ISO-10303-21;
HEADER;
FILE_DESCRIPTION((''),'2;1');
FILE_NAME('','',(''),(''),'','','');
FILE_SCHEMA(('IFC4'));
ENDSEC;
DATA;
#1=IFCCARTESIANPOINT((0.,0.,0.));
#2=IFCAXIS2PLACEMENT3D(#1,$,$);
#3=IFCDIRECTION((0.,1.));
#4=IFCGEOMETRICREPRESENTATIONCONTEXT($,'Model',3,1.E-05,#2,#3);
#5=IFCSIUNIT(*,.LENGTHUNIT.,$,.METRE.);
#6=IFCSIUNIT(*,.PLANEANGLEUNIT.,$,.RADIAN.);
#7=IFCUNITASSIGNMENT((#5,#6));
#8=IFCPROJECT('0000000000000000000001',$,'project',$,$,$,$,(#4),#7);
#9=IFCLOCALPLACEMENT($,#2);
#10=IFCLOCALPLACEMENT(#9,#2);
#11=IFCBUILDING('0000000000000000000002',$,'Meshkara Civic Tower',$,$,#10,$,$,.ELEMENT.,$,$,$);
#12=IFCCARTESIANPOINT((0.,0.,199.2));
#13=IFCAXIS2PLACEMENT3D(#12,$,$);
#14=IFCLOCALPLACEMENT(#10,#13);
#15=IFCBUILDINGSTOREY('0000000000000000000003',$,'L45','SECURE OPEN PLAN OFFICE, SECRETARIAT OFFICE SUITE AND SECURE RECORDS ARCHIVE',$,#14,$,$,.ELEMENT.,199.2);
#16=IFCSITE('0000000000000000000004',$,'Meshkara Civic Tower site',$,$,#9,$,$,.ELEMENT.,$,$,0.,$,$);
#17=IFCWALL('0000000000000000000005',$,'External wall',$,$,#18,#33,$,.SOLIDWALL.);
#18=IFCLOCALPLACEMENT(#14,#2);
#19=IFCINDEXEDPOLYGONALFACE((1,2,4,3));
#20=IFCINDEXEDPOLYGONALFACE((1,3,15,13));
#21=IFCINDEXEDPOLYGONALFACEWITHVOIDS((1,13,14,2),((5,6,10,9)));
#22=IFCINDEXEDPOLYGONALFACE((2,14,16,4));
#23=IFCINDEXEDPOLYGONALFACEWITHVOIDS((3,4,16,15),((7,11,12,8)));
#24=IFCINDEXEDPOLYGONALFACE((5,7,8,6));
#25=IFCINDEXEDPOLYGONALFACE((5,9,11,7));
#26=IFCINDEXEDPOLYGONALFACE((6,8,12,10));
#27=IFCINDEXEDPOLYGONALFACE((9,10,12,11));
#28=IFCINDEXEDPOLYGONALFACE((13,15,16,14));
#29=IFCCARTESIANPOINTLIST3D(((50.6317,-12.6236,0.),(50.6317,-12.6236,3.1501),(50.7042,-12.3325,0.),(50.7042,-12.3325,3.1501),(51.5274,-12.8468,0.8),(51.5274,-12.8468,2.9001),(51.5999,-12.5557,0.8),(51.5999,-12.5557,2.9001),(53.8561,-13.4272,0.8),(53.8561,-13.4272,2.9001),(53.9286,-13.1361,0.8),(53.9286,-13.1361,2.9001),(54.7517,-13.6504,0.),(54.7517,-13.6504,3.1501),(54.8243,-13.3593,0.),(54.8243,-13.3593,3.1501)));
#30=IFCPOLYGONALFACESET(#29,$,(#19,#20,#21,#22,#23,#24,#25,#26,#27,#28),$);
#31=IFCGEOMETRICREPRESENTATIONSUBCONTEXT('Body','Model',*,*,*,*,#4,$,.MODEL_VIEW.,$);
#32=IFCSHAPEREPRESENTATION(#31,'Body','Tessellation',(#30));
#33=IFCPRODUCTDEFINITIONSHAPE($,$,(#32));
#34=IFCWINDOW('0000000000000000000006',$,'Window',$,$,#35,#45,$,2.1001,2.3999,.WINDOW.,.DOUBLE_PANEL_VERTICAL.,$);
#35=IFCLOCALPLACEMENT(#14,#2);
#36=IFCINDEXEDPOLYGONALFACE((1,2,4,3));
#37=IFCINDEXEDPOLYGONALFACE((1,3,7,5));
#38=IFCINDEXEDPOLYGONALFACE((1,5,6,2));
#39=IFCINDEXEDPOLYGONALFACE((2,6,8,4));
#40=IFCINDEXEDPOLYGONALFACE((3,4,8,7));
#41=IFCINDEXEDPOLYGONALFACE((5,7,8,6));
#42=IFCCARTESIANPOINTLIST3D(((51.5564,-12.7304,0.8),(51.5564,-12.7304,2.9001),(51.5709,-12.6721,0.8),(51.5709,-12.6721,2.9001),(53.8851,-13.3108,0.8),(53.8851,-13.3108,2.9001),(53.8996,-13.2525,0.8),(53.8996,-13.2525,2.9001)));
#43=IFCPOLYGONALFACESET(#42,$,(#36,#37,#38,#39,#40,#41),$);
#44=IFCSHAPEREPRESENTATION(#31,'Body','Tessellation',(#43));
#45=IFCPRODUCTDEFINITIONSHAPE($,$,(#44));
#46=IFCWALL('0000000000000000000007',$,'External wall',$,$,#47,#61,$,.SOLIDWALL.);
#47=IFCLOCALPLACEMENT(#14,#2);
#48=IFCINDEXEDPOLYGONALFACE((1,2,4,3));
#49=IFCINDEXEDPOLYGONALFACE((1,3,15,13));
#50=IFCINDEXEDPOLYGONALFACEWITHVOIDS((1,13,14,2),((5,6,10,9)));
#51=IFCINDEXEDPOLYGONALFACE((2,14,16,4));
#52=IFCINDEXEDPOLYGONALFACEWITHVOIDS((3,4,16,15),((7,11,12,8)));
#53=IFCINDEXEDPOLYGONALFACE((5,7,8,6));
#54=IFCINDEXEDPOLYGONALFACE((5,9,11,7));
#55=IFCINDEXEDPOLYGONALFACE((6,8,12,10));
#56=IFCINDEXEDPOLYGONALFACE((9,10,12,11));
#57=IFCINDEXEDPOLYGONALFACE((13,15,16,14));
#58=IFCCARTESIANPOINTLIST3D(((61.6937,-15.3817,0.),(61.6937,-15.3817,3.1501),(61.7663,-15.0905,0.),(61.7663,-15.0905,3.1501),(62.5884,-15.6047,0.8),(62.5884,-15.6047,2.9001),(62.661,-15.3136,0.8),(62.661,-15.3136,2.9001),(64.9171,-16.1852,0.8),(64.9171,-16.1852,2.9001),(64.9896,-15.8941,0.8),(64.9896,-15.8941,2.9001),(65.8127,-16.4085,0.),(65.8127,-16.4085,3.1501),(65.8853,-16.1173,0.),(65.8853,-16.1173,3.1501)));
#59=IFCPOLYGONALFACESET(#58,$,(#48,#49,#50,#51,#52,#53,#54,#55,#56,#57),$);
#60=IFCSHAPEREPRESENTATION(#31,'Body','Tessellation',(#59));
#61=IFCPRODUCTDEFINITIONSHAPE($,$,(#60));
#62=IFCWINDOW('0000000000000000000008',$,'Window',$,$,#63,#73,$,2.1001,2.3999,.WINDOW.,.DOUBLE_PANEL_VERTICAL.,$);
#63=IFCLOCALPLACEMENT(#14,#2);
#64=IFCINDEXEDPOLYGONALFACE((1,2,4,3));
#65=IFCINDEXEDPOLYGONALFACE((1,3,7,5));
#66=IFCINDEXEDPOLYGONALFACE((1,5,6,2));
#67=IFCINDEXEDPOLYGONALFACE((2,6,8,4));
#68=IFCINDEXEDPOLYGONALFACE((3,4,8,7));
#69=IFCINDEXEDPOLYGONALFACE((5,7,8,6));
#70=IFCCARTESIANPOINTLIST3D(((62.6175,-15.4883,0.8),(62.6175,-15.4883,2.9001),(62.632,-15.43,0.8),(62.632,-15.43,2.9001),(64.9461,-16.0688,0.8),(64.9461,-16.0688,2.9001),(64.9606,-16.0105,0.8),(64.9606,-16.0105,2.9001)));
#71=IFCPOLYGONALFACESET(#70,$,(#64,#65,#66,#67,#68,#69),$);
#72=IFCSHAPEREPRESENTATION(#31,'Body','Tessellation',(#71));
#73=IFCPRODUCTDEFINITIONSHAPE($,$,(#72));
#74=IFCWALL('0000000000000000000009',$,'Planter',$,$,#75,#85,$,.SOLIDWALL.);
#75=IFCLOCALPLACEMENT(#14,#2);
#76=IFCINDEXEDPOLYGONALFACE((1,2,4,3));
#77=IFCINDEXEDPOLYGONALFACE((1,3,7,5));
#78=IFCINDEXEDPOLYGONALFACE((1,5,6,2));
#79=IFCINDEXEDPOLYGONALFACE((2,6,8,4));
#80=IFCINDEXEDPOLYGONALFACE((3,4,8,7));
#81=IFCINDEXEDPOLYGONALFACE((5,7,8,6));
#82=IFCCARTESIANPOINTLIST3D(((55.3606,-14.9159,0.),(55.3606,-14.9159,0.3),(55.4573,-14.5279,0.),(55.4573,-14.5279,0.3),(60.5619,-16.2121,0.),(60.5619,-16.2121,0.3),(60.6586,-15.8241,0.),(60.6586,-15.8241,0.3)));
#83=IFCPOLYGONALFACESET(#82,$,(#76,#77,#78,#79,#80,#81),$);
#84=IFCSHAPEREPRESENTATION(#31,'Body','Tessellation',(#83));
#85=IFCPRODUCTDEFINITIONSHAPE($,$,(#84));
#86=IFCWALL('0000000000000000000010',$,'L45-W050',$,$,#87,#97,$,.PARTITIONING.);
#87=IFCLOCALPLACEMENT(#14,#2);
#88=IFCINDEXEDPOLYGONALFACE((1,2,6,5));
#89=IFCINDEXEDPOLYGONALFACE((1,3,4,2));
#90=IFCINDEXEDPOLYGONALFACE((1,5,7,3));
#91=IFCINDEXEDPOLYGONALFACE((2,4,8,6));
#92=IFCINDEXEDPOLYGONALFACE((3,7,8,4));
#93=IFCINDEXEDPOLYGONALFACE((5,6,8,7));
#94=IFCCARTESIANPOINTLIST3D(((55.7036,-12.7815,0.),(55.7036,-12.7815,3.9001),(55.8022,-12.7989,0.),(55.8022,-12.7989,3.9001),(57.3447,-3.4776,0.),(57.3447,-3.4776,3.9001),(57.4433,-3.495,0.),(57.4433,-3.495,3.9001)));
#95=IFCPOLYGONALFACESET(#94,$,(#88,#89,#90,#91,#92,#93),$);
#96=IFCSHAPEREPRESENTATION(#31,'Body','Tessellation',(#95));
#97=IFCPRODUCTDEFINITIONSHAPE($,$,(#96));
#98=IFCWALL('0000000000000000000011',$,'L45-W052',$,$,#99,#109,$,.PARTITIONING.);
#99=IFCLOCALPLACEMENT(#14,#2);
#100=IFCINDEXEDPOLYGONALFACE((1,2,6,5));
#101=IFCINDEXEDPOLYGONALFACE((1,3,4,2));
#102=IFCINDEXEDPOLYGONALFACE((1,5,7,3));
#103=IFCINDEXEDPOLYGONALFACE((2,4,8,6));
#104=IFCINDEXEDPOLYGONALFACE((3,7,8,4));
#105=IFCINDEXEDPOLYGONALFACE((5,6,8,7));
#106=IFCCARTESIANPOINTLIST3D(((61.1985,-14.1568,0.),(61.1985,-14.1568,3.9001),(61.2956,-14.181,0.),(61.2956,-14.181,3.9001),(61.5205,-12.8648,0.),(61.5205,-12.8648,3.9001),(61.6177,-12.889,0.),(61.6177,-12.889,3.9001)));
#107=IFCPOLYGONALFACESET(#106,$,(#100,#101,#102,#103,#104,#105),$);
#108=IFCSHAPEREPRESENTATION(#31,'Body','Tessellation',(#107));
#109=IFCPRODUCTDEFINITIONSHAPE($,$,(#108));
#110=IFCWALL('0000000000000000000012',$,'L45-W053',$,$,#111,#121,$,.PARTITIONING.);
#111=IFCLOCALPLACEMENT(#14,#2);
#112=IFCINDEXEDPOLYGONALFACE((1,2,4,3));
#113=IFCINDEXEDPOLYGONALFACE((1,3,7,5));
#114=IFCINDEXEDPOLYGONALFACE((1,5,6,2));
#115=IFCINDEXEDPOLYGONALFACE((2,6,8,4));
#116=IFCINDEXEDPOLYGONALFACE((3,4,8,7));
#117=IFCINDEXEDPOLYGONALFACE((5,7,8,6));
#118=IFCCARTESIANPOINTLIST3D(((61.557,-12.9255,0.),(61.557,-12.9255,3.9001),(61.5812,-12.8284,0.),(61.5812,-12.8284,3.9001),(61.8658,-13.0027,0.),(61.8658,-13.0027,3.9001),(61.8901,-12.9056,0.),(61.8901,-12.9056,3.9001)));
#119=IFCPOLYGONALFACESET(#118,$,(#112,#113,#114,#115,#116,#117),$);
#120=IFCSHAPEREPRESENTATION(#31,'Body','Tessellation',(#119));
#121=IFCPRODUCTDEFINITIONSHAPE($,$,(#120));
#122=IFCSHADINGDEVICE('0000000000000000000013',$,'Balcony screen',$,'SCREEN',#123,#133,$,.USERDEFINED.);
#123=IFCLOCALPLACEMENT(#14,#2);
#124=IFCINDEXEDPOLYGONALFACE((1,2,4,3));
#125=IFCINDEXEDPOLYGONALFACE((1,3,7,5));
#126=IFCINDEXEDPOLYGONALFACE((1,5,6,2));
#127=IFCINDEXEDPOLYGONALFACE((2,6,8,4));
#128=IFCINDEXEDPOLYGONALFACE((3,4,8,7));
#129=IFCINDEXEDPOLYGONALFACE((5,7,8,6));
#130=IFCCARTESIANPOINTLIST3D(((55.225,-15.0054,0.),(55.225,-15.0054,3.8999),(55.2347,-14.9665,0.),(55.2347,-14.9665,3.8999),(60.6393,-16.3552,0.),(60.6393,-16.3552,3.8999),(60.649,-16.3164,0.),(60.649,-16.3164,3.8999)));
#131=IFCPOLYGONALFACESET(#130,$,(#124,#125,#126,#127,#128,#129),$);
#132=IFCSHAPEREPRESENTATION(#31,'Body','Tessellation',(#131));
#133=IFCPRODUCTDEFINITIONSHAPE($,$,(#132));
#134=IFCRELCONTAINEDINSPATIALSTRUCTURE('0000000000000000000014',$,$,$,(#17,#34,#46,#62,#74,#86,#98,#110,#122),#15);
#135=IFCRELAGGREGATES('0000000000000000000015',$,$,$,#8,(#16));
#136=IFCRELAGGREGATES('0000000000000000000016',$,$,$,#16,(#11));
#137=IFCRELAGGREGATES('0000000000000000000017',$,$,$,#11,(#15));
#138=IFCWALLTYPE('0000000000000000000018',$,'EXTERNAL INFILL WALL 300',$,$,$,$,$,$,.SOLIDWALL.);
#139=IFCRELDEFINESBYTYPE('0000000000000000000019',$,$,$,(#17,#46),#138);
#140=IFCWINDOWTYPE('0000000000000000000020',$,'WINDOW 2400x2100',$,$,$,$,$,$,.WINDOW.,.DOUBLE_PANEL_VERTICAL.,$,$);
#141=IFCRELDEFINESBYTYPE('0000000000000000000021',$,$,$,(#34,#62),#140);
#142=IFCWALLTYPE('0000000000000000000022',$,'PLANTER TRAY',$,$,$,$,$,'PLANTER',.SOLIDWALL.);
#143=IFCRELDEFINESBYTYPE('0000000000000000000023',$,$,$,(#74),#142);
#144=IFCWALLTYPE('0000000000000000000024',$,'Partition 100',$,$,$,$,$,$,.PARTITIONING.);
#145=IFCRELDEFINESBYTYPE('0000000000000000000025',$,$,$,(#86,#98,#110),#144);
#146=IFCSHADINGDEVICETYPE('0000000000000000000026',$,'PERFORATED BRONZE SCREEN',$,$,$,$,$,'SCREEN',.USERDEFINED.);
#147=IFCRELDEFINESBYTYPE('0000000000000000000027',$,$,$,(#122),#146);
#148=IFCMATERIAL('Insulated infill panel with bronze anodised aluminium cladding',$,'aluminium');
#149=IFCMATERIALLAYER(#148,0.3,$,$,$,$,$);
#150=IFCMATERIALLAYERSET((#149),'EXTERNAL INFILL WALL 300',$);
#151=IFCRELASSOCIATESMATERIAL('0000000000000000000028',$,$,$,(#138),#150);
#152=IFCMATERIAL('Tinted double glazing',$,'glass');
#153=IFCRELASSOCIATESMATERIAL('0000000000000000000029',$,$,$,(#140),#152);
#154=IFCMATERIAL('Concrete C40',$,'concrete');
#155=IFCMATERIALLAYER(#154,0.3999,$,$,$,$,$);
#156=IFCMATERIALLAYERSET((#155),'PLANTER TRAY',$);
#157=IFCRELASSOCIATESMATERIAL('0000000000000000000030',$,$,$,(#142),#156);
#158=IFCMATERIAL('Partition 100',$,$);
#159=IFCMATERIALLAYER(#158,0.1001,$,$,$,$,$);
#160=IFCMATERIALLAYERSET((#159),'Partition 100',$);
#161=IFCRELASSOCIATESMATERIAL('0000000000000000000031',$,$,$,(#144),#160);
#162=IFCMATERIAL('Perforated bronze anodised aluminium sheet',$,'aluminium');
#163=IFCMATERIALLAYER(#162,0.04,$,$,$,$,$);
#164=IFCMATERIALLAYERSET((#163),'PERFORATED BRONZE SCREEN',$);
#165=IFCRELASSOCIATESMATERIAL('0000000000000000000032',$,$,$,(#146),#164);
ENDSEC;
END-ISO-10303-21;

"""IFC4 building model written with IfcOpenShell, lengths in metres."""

from ifc_helpers import new_model, si_unit, direction, frame, frame_2d, origin, origin_2d, place, context, subcontext, project, spatial, rectangle, extrude, material, layer, layer_set, type_object, element, fill, save


model = new_model("IFC4")

# Units and contexts
model_context = context("Model", 3, precision=1e-05, world=origin(), true_north=direction((0.0, 1.0)))
body_context = subcontext(model_context, "Body", "Model", "MODEL_VIEW")
ifc_project = project(units=[si_unit("LENGTHUNIT", "METRE"), si_unit("PLANEANGLEUNIT", "RADIAN")], contexts=[model_context])

# Site, building, storey
site_placement = place(None, origin())
site = spatial("IfcSite", under=ifc_project, at=site_placement, Name="Meshkara Civic Tower site", CompositionType="ELEMENT", RefElevation=0.0)
building_placement = place(site_placement, origin())
building = spatial("IfcBuilding", under=site, at=building_placement, Name="Meshkara Civic Tower", CompositionType="ELEMENT")
storey_placement = place(building_placement, frame((0.0, 0.0, 199.2)))
storey = spatial("IfcBuildingStorey", under=building, at=storey_placement, Name="L45", Description="SECURE OPEN PLAN OFFICE, SECRETARIAT OFFICE SUITE AND SECURE RECORDS ARCHIVE", CompositionType="ELEMENT", Elevation=199.2)

# Walls, openings, windows
ifc_material_1 = material(Name="Insulated infill panel with bronze anodised aluminium cladding", Category="aluminium")
ifc_layer_1 = layer(ifc_material_1, 0.3)
ifc_layer_set_1 = layer_set([ifc_layer_1], Name="EXTERNAL INFILL WALL 300")
wall_type_1 = type_object("IfcWallType", Name="EXTERNAL INFILL WALL 300", PredefinedType="SOLIDWALL", material=ifc_layer_set_1)
ifc_material_2 = material(Name="Tinted double glazing", Category="glass")
window_type = type_object("IfcWindowType", Name="WINDOW 2400x2100", PartitioningType="DOUBLE_PANEL_VERTICAL", PredefinedType="WINDOW", material=ifc_material_2)
wall_1_placement = place(storey_placement, frame((50.668, -12.478, 0.0), z_axis=(0.0, 0.0, 1.0), x_axis=(0.970318, -0.241832, 0.0)))
wall_1 = element("IfcWall", 1, at=wall_1_placement, inside=storey, type_object=wall_type_1, Name="External wall", PredefinedType="SOLIDWALL", context=body_context, shape_type="SweptSolid", body=[
    extrude(rectangle(XDim=4.2461, YDim=0.3, at=frame_2d((2.123, 0.0))), origin(), (0.0, 0.0, 1.0), 3.1501),
])
opening_1_placement = place(wall_1_placement, frame((0.9231, 0.0, 0.8)))
opening_1 = element("IfcOpeningElement", 2, at=opening_1_placement, cuts=wall_1, PredefinedType="OPENING", context=body_context, shape_type="SweptSolid", body=[
    extrude(rectangle(XDim=2.3999, YDim=2.1001, at=frame_2d((1.2, 1.05))), frame((0.0, 0.1599, 0.0), z_axis=(0.0, -1.0, 0.0), x_axis=(1.0, 0.0, 0.0)), (0.0, 0.0, 1.0), 0.3201),
])
window_1_placement = place(opening_1_placement, origin())
window_1 = element("IfcWindow", 3, at=window_1_placement, inside=storey, type_object=window_type, Name="Window", OverallHeight=2.1001, OverallWidth=2.3999, PartitioningType="DOUBLE_PANEL_VERTICAL", PredefinedType="WINDOW", context=body_context, shape_type="SweptSolid", body=[
    extrude(rectangle(XDim=2.3999, YDim=2.1001, at=frame_2d((1.2, 1.05))), frame((0.0, 0.03, 0.0), z_axis=(0.0, -1.0, 0.0), x_axis=(1.0, 0.0, 0.0)), (0.0, 0.0, 1.0), 0.0601),
])
fill(opening_1, window_1)
wall_2_placement = place(storey_placement, frame((61.73, -15.2361, 0.0), z_axis=(0.0, 0.0, 1.0), x_axis=(0.970305, -0.241886, 0.0)))
wall_2 = element("IfcWall", 4, at=wall_2_placement, inside=storey, type_object=wall_type_1, Name="External wall", PredefinedType="SOLIDWALL", context=body_context, shape_type="SweptSolid", body=[
    extrude(rectangle(XDim=4.2451, YDim=0.3, at=frame_2d((2.1226, 0.0))), origin(), (0.0, 0.0, 1.0), 3.1501),
])
opening_2_placement = place(wall_2_placement, frame((0.9221, 0.0, 0.8)))
opening_2 = element("IfcOpeningElement", 5, at=opening_2_placement, cuts=wall_2, PredefinedType="OPENING", context=body_context, shape_type="SweptSolid", body=[
    extrude(rectangle(XDim=2.3999, YDim=2.1001, at=frame_2d((1.2, 1.05))), frame((0.0, 0.1599, 0.0), z_axis=(0.0, -1.0, 0.0), x_axis=(1.0, 0.0, 0.0)), (0.0, 0.0, 1.0), 0.3201),
])
window_2_placement = place(opening_2_placement, origin())
window_2 = element("IfcWindow", 6, at=window_2_placement, inside=storey, type_object=window_type, Name="Window", OverallHeight=2.1001, OverallWidth=2.3999, PartitioningType="DOUBLE_PANEL_VERTICAL", PredefinedType="WINDOW", context=body_context, shape_type="SweptSolid", body=[
    extrude(rectangle(XDim=2.3999, YDim=2.1001, at=frame_2d((1.2, 1.05))), frame((0.0, 0.03, 0.0), z_axis=(0.0, -1.0, 0.0), x_axis=(1.0, 0.0, 0.0)), (0.0, 0.0, 1.0), 0.0601),
])
fill(opening_2, window_2)

# Walls
ifc_material_3 = material(Name="Concrete C40", Category="concrete")
ifc_layer_2 = layer(ifc_material_3, 0.3999)
ifc_layer_set_2 = layer_set([ifc_layer_2], Name="PLANTER TRAY")
wall_type_2 = type_object("IfcWallType", Name="PLANTER TRAY", ElementType="PLANTER", PredefinedType="SOLIDWALL", material=ifc_layer_set_2)
wall_3_placement = place(storey_placement, frame((55.4089, -14.7219, 0.0), z_axis=(0.0, 0.0, 1.0), x_axis=(0.970324, -0.241807, 0.0)))
element("IfcWall", 7, at=wall_3_placement, inside=storey, type_object=wall_type_2, Name="Planter", PredefinedType="SOLIDWALL", context=body_context, shape_type="SweptSolid", body=[
    extrude(rectangle(XDim=5.3604, YDim=0.3999, at=frame_2d((2.6802, 0.0))), origin(), (0.0, 0.0, 1.0), 0.3),
])
ifc_material_4 = material(Name="Partition 100")
ifc_layer_3 = layer(ifc_material_4, 0.1001)
ifc_layer_set_3 = layer_set([ifc_layer_3], Name="Partition 100")
wall_type_3 = type_object("IfcWallType", Name="Partition 100", PredefinedType="PARTITIONING", material=ifc_layer_set_3)
wall_4_placement = place(storey_placement, frame((55.7529, -12.79, 0.0), z_axis=(0.0, 0.0, 1.0), x_axis=(0.173707, 0.984797, 0.0)))
element("IfcWall", 8, at=wall_4_placement, inside=storey, type_object=wall_type_3, Name="L45-W050", PredefinedType="PARTITIONING", context=body_context, shape_type="SweptSolid", body=[
    extrude(rectangle(XDim=9.4475, YDim=0.1001, at=frame_2d((4.7236, 0.0))), origin(), (0.0, 0.0, 1.0), 3.9001),
])
wall_5_placement = place(storey_placement, frame((61.2471, -14.1689, 0.0), z_axis=(0.0, 0.0, 1.0), x_axis=(0.241845, 0.970315, 0.0)))
element("IfcWall", 9, at=wall_5_placement, inside=storey, type_object=wall_type_3, Name="L45-W052", PredefinedType="PARTITIONING", context=body_context, shape_type="SweptSolid", body=[
    extrude(rectangle(XDim=1.3315, YDim=0.1001, at=frame_2d((0.6658, 0.0))), origin(), (0.0, 0.0, 1.0), 3.9001),
])
wall_6_placement = place(storey_placement, frame((61.5691, -12.877, 0.0), z_axis=(0.0, 0.0, 1.0), x_axis=(0.970188, -0.242355, 0.0)))
element("IfcWall", 10, at=wall_6_placement, inside=storey, type_object=wall_type_3, Name="L45-W053", PredefinedType="PARTITIONING", context=body_context, shape_type="SweptSolid", body=[
    extrude(rectangle(XDim=0.3184, YDim=0.1001, at=frame_2d((0.1592, 0.0))), origin(), (0.0, 0.0, 1.0), 3.9001),
])

# Shading device
ifc_material_5 = material(Name="Perforated bronze anodised aluminium sheet", Category="aluminium")
ifc_layer_4 = layer(ifc_material_5, 0.04)
ifc_layer_set_4 = layer_set([ifc_layer_4], Name="PERFORATED BRONZE SCREEN")
shading_device_type = type_object("IfcShadingDeviceType", Name="PERFORATED BRONZE SCREEN", ElementType="SCREEN", PredefinedType="USERDEFINED", material=ifc_layer_set_4)
shading_device_placement = place(storey_placement, frame((57.937, -15.6609, 0.0), z_axis=(0.0, 0.0, 1.0), x_axis=(0.9703, -0.241905, 0.0)))
element("IfcShadingDevice", 11, at=shading_device_placement, inside=storey, type_object=shading_device_type, Name="Balcony screen", ObjectType="SCREEN", PredefinedType="USERDEFINED", context=body_context, shape_type="SweptSolid", body=[
    extrude(rectangle(XDim=5.5801, YDim=0.04, at=origin_2d()), origin(), (0.0, 0.0, 1.0), 3.8999),
])

save(model, "model.ifc")
